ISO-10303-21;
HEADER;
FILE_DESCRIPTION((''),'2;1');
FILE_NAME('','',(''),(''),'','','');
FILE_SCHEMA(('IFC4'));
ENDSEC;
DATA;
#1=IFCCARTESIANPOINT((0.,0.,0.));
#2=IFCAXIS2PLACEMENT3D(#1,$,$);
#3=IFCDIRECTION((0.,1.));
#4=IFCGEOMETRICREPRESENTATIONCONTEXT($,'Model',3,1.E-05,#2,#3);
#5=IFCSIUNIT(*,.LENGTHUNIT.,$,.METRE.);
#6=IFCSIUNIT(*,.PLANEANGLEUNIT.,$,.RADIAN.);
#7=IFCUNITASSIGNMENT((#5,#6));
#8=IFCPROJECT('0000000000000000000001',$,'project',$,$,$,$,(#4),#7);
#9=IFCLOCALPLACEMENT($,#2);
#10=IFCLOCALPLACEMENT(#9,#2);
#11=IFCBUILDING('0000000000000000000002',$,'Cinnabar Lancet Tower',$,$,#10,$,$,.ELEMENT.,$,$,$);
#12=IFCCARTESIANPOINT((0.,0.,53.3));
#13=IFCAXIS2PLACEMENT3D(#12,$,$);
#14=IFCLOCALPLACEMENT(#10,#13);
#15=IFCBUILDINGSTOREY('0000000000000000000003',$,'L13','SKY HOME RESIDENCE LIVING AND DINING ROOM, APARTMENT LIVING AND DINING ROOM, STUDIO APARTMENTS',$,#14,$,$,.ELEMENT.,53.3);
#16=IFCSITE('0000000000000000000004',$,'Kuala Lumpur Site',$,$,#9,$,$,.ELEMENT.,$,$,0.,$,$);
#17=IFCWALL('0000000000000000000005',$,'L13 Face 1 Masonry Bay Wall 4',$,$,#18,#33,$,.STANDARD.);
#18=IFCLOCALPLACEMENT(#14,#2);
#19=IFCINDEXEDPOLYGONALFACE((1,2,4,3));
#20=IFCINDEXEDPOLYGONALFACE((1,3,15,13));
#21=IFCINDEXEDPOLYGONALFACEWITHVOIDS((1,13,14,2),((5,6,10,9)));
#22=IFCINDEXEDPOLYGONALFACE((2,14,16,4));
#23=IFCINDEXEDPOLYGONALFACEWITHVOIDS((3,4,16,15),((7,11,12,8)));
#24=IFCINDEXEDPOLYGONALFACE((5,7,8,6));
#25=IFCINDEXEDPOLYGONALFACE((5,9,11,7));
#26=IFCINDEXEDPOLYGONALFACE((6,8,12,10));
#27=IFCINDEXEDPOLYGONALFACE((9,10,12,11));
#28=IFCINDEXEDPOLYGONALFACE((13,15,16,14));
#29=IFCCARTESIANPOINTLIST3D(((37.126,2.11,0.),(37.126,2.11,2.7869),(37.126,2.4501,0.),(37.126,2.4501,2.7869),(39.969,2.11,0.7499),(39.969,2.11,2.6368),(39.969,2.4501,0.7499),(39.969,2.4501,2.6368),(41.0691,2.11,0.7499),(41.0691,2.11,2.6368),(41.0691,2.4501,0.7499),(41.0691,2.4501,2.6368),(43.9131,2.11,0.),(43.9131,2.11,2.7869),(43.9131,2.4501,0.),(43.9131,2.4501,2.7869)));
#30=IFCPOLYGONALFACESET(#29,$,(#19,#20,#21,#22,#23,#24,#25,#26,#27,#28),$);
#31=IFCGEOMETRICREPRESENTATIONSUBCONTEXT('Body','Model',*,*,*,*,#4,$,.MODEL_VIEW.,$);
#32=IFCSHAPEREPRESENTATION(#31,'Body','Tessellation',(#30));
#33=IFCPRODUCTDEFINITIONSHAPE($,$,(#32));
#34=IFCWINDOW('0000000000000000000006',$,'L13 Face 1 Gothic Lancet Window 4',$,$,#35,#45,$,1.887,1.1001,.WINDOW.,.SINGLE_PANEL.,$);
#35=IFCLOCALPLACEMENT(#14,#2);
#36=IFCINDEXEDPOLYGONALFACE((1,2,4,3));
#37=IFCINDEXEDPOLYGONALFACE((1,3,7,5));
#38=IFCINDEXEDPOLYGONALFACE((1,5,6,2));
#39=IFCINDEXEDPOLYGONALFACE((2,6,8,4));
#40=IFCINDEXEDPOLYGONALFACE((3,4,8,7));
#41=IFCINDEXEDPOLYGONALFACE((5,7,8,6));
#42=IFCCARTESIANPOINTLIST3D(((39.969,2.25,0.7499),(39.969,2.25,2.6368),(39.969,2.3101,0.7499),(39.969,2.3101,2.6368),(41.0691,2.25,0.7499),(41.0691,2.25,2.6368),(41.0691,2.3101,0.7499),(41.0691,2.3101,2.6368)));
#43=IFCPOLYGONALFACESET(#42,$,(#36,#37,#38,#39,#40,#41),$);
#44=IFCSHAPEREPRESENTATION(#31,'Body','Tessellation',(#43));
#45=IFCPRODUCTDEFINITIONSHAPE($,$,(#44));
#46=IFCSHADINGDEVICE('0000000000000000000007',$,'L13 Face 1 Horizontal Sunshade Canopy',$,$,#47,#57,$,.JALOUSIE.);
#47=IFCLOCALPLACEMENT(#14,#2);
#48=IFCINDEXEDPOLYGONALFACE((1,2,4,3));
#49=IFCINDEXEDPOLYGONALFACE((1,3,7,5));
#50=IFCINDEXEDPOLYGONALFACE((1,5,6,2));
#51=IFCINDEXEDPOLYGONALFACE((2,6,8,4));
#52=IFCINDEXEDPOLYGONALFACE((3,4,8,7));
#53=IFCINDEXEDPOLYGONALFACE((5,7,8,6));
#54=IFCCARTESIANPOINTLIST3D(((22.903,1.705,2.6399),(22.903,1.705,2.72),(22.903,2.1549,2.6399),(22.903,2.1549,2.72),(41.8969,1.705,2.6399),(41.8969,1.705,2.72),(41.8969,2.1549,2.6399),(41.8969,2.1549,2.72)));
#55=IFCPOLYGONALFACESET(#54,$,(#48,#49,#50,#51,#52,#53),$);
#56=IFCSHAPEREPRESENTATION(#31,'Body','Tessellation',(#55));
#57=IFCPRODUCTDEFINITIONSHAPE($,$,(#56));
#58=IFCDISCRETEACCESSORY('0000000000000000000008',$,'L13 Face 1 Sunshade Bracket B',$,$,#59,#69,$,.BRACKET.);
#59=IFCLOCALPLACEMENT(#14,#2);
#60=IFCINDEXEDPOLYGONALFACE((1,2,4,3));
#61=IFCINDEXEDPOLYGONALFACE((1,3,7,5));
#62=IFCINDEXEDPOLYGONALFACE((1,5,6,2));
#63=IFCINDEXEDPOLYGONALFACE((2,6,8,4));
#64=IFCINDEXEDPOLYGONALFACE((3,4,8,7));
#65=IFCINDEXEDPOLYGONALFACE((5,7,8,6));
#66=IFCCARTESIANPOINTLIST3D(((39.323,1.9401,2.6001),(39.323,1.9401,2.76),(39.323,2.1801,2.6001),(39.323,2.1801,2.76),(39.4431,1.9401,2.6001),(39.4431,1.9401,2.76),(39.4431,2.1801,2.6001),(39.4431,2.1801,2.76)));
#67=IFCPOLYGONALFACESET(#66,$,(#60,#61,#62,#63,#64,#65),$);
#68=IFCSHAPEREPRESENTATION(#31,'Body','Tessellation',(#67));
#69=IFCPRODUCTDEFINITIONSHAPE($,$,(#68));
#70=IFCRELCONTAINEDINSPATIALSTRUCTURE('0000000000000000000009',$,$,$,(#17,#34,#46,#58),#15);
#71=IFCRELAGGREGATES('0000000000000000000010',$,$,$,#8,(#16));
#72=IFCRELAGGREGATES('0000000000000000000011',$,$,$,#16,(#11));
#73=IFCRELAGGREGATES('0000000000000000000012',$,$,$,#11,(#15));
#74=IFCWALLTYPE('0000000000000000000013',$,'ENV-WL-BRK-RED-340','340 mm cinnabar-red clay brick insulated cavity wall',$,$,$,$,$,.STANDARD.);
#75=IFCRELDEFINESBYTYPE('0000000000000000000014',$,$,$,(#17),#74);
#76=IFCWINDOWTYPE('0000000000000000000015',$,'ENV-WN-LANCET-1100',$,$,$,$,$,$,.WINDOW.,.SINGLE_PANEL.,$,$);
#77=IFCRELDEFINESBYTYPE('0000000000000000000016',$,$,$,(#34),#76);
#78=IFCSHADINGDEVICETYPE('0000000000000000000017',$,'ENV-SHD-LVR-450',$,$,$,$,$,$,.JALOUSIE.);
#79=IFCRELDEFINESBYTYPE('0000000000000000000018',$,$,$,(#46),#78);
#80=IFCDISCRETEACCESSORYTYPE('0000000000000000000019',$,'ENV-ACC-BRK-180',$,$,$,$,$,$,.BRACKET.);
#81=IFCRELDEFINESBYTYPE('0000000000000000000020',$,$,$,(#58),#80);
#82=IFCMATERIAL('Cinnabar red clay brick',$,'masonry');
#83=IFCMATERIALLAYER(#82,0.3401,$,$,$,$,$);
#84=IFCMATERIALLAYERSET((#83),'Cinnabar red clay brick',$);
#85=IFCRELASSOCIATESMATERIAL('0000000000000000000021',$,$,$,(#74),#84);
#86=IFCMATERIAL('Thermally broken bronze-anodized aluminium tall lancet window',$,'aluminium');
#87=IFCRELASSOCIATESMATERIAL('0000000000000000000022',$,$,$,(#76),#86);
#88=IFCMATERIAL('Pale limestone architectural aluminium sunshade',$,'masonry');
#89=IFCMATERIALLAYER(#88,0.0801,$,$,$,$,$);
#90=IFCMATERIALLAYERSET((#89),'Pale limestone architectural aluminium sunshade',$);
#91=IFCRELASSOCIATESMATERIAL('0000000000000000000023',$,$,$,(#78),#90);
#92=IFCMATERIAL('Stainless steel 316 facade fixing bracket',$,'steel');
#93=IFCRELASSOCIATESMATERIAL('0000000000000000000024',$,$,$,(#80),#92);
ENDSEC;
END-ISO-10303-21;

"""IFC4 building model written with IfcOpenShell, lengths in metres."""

from ifc_helpers import new_model, si_unit, direction, frame, frame_2d, origin, origin_2d, place, context, subcontext, project, spatial, rectangle, extrude, material, layer, layer_set, type_object, element, fill, save


model = new_model("IFC4")

# Units and contexts
model_context = context("Model", 3, precision=1e-05, world=origin(), true_north=direction((0.0, 1.0)))
body_context = subcontext(model_context, "Body", "Model", "MODEL_VIEW")
ifc_project = project(units=[si_unit("LENGTHUNIT", "METRE"), si_unit("PLANEANGLEUNIT", "RADIAN")], contexts=[model_context])

# Site, building, storey
site_placement = place(None, origin())
site = spatial("IfcSite", under=ifc_project, at=site_placement, Name="Kuala Lumpur Site", CompositionType="ELEMENT", RefElevation=0.0)
building_placement = place(site_placement, origin())
building = spatial("IfcBuilding", under=site, at=building_placement, Name="Cinnabar Lancet Tower", CompositionType="ELEMENT")
storey_placement = place(building_placement, frame((0.0, 0.0, 53.3)))
storey = spatial("IfcBuildingStorey", under=building, at=storey_placement, Name="L13", Description="SKY HOME RESIDENCE LIVING AND DINING ROOM, APARTMENT LIVING AND DINING ROOM, STUDIO APARTMENTS", CompositionType="ELEMENT", Elevation=53.3)

# Wall, opening, window
ifc_material_1 = material(Name="Cinnabar red clay brick", Category="masonry")
ifc_layer_1 = layer(ifc_material_1, 0.3401)
ifc_layer_set_1 = layer_set([ifc_layer_1], Name="Cinnabar red clay brick")
wall_type_1 = type_object("IfcWallType", Name="ENV-WL-BRK-RED-340", Description="340 mm cinnabar-red clay brick insulated cavity wall", PredefinedType="STANDARD", material=ifc_layer_set_1)
wall_1_placement = place(storey_placement, frame((37.126, 2.28, 0.0), z_axis=(0.0, 0.0, 1.0), x_axis=(1.0, 0.0, 0.0)))
wall_1 = element("IfcWall", 1, at=wall_1_placement, inside=storey, type_object=wall_type_1, Name="L13 Face 1 Masonry Bay Wall 4", PredefinedType="STANDARD", context=body_context, shape_type="SweptSolid", body=[
    extrude(rectangle(XDim=6.7871, YDim=0.3401, at=frame_2d((3.3936, 0.0))), origin(), (0.0, 0.0, 1.0), 2.7869),
])
opening_1_placement = place(wall_1_placement, frame((2.843, 0.0, 0.75)))
opening_1 = element("IfcOpeningElement", 2, at=opening_1_placement, cuts=wall_1, PredefinedType="OPENING", context=body_context, shape_type="SweptSolid", body=[
    extrude(rectangle(XDim=1.1001, YDim=1.887, at=frame_2d((0.55, 0.9434))), frame((0.0, 0.1799, 0.0), z_axis=(0.0, -1.0, 0.0), x_axis=(1.0, 0.0, 0.0)), (0.0, 0.0, 1.0), 0.3601),
])
ifc_material_2 = material(Name="Thermally broken bronze-anodized aluminium tall lancet window", Category="aluminium")
window_type = type_object("IfcWindowType", Name="ENV-WN-LANCET-1100", PartitioningType="SINGLE_PANEL", PredefinedType="WINDOW", material=ifc_material_2)
window_placement = place(opening_1_placement, origin())
window = element("IfcWindow", 3, at=window_placement, inside=storey, type_object=window_type, Name="L13 Face 1 Gothic Lancet Window 4", OverallHeight=1.887, OverallWidth=1.1001, PartitioningType="SINGLE_PANEL", PredefinedType="WINDOW", context=body_context, shape_type="SweptSolid", body=[
    extrude(rectangle(XDim=1.1001, YDim=1.887, at=frame_2d((0.55, 0.9434))), frame((0.0, 0.03, 0.0), z_axis=(0.0, -1.0, 0.0), x_axis=(1.0, 0.0, 0.0)), (0.0, 0.0, 1.0), 0.0601),
])
fill(opening_1, window)

# Shading device
ifc_material_3 = material(Name="Pale limestone architectural aluminium sunshade", Category="masonry")
ifc_layer_2 = layer(ifc_material_3, 0.0801)
ifc_layer_set_2 = layer_set([ifc_layer_2], Name="Pale limestone architectural aluminium sunshade")
shading_device_type = type_object("IfcShadingDeviceType", Name="ENV-SHD-LVR-450", PredefinedType="JALOUSIE", material=ifc_layer_set_2)
shading_device_placement = place(storey_placement, frame((32.3999, 1.9299, 2.6399), z_axis=(0.0, 0.0, 1.0), x_axis=(1.0, 0.0, 0.0)))
element("IfcShadingDevice", 4, at=shading_device_placement, inside=storey, type_object=shading_device_type, Name="L13 Face 1 Horizontal Sunshade Canopy", PredefinedType="JALOUSIE", context=body_context, shape_type="SweptSolid", body=[
    extrude(rectangle(XDim=18.9939, YDim=0.45, at=origin_2d()), origin(), (0.0, 0.0, 1.0), 0.0801),
])

# Discrete accessory
ifc_material_4 = material(Name="Stainless steel 316 facade fixing bracket", Category="steel")
discrete_accessory_type = type_object("IfcDiscreteAccessoryType", Name="ENV-ACC-BRK-180", PredefinedType="BRACKET", material=ifc_material_4)
discrete_accessory_placement = place(storey_placement, frame((39.3831, 2.0601, 2.6001), z_axis=(0.0, 0.0, 1.0), x_axis=(1.0, 0.0, 0.0)))
element("IfcDiscreteAccessory", 5, at=discrete_accessory_placement, inside=storey, type_object=discrete_accessory_type, Name="L13 Face 1 Sunshade Bracket B", PredefinedType="BRACKET", context=body_context, shape_type="SweptSolid", body=[
    extrude(rectangle(XDim=0.1201, YDim=0.24, at=origin_2d()), origin(), (0.0, 0.0, 1.0), 0.1599),
])

save(model, "model.ifc")
